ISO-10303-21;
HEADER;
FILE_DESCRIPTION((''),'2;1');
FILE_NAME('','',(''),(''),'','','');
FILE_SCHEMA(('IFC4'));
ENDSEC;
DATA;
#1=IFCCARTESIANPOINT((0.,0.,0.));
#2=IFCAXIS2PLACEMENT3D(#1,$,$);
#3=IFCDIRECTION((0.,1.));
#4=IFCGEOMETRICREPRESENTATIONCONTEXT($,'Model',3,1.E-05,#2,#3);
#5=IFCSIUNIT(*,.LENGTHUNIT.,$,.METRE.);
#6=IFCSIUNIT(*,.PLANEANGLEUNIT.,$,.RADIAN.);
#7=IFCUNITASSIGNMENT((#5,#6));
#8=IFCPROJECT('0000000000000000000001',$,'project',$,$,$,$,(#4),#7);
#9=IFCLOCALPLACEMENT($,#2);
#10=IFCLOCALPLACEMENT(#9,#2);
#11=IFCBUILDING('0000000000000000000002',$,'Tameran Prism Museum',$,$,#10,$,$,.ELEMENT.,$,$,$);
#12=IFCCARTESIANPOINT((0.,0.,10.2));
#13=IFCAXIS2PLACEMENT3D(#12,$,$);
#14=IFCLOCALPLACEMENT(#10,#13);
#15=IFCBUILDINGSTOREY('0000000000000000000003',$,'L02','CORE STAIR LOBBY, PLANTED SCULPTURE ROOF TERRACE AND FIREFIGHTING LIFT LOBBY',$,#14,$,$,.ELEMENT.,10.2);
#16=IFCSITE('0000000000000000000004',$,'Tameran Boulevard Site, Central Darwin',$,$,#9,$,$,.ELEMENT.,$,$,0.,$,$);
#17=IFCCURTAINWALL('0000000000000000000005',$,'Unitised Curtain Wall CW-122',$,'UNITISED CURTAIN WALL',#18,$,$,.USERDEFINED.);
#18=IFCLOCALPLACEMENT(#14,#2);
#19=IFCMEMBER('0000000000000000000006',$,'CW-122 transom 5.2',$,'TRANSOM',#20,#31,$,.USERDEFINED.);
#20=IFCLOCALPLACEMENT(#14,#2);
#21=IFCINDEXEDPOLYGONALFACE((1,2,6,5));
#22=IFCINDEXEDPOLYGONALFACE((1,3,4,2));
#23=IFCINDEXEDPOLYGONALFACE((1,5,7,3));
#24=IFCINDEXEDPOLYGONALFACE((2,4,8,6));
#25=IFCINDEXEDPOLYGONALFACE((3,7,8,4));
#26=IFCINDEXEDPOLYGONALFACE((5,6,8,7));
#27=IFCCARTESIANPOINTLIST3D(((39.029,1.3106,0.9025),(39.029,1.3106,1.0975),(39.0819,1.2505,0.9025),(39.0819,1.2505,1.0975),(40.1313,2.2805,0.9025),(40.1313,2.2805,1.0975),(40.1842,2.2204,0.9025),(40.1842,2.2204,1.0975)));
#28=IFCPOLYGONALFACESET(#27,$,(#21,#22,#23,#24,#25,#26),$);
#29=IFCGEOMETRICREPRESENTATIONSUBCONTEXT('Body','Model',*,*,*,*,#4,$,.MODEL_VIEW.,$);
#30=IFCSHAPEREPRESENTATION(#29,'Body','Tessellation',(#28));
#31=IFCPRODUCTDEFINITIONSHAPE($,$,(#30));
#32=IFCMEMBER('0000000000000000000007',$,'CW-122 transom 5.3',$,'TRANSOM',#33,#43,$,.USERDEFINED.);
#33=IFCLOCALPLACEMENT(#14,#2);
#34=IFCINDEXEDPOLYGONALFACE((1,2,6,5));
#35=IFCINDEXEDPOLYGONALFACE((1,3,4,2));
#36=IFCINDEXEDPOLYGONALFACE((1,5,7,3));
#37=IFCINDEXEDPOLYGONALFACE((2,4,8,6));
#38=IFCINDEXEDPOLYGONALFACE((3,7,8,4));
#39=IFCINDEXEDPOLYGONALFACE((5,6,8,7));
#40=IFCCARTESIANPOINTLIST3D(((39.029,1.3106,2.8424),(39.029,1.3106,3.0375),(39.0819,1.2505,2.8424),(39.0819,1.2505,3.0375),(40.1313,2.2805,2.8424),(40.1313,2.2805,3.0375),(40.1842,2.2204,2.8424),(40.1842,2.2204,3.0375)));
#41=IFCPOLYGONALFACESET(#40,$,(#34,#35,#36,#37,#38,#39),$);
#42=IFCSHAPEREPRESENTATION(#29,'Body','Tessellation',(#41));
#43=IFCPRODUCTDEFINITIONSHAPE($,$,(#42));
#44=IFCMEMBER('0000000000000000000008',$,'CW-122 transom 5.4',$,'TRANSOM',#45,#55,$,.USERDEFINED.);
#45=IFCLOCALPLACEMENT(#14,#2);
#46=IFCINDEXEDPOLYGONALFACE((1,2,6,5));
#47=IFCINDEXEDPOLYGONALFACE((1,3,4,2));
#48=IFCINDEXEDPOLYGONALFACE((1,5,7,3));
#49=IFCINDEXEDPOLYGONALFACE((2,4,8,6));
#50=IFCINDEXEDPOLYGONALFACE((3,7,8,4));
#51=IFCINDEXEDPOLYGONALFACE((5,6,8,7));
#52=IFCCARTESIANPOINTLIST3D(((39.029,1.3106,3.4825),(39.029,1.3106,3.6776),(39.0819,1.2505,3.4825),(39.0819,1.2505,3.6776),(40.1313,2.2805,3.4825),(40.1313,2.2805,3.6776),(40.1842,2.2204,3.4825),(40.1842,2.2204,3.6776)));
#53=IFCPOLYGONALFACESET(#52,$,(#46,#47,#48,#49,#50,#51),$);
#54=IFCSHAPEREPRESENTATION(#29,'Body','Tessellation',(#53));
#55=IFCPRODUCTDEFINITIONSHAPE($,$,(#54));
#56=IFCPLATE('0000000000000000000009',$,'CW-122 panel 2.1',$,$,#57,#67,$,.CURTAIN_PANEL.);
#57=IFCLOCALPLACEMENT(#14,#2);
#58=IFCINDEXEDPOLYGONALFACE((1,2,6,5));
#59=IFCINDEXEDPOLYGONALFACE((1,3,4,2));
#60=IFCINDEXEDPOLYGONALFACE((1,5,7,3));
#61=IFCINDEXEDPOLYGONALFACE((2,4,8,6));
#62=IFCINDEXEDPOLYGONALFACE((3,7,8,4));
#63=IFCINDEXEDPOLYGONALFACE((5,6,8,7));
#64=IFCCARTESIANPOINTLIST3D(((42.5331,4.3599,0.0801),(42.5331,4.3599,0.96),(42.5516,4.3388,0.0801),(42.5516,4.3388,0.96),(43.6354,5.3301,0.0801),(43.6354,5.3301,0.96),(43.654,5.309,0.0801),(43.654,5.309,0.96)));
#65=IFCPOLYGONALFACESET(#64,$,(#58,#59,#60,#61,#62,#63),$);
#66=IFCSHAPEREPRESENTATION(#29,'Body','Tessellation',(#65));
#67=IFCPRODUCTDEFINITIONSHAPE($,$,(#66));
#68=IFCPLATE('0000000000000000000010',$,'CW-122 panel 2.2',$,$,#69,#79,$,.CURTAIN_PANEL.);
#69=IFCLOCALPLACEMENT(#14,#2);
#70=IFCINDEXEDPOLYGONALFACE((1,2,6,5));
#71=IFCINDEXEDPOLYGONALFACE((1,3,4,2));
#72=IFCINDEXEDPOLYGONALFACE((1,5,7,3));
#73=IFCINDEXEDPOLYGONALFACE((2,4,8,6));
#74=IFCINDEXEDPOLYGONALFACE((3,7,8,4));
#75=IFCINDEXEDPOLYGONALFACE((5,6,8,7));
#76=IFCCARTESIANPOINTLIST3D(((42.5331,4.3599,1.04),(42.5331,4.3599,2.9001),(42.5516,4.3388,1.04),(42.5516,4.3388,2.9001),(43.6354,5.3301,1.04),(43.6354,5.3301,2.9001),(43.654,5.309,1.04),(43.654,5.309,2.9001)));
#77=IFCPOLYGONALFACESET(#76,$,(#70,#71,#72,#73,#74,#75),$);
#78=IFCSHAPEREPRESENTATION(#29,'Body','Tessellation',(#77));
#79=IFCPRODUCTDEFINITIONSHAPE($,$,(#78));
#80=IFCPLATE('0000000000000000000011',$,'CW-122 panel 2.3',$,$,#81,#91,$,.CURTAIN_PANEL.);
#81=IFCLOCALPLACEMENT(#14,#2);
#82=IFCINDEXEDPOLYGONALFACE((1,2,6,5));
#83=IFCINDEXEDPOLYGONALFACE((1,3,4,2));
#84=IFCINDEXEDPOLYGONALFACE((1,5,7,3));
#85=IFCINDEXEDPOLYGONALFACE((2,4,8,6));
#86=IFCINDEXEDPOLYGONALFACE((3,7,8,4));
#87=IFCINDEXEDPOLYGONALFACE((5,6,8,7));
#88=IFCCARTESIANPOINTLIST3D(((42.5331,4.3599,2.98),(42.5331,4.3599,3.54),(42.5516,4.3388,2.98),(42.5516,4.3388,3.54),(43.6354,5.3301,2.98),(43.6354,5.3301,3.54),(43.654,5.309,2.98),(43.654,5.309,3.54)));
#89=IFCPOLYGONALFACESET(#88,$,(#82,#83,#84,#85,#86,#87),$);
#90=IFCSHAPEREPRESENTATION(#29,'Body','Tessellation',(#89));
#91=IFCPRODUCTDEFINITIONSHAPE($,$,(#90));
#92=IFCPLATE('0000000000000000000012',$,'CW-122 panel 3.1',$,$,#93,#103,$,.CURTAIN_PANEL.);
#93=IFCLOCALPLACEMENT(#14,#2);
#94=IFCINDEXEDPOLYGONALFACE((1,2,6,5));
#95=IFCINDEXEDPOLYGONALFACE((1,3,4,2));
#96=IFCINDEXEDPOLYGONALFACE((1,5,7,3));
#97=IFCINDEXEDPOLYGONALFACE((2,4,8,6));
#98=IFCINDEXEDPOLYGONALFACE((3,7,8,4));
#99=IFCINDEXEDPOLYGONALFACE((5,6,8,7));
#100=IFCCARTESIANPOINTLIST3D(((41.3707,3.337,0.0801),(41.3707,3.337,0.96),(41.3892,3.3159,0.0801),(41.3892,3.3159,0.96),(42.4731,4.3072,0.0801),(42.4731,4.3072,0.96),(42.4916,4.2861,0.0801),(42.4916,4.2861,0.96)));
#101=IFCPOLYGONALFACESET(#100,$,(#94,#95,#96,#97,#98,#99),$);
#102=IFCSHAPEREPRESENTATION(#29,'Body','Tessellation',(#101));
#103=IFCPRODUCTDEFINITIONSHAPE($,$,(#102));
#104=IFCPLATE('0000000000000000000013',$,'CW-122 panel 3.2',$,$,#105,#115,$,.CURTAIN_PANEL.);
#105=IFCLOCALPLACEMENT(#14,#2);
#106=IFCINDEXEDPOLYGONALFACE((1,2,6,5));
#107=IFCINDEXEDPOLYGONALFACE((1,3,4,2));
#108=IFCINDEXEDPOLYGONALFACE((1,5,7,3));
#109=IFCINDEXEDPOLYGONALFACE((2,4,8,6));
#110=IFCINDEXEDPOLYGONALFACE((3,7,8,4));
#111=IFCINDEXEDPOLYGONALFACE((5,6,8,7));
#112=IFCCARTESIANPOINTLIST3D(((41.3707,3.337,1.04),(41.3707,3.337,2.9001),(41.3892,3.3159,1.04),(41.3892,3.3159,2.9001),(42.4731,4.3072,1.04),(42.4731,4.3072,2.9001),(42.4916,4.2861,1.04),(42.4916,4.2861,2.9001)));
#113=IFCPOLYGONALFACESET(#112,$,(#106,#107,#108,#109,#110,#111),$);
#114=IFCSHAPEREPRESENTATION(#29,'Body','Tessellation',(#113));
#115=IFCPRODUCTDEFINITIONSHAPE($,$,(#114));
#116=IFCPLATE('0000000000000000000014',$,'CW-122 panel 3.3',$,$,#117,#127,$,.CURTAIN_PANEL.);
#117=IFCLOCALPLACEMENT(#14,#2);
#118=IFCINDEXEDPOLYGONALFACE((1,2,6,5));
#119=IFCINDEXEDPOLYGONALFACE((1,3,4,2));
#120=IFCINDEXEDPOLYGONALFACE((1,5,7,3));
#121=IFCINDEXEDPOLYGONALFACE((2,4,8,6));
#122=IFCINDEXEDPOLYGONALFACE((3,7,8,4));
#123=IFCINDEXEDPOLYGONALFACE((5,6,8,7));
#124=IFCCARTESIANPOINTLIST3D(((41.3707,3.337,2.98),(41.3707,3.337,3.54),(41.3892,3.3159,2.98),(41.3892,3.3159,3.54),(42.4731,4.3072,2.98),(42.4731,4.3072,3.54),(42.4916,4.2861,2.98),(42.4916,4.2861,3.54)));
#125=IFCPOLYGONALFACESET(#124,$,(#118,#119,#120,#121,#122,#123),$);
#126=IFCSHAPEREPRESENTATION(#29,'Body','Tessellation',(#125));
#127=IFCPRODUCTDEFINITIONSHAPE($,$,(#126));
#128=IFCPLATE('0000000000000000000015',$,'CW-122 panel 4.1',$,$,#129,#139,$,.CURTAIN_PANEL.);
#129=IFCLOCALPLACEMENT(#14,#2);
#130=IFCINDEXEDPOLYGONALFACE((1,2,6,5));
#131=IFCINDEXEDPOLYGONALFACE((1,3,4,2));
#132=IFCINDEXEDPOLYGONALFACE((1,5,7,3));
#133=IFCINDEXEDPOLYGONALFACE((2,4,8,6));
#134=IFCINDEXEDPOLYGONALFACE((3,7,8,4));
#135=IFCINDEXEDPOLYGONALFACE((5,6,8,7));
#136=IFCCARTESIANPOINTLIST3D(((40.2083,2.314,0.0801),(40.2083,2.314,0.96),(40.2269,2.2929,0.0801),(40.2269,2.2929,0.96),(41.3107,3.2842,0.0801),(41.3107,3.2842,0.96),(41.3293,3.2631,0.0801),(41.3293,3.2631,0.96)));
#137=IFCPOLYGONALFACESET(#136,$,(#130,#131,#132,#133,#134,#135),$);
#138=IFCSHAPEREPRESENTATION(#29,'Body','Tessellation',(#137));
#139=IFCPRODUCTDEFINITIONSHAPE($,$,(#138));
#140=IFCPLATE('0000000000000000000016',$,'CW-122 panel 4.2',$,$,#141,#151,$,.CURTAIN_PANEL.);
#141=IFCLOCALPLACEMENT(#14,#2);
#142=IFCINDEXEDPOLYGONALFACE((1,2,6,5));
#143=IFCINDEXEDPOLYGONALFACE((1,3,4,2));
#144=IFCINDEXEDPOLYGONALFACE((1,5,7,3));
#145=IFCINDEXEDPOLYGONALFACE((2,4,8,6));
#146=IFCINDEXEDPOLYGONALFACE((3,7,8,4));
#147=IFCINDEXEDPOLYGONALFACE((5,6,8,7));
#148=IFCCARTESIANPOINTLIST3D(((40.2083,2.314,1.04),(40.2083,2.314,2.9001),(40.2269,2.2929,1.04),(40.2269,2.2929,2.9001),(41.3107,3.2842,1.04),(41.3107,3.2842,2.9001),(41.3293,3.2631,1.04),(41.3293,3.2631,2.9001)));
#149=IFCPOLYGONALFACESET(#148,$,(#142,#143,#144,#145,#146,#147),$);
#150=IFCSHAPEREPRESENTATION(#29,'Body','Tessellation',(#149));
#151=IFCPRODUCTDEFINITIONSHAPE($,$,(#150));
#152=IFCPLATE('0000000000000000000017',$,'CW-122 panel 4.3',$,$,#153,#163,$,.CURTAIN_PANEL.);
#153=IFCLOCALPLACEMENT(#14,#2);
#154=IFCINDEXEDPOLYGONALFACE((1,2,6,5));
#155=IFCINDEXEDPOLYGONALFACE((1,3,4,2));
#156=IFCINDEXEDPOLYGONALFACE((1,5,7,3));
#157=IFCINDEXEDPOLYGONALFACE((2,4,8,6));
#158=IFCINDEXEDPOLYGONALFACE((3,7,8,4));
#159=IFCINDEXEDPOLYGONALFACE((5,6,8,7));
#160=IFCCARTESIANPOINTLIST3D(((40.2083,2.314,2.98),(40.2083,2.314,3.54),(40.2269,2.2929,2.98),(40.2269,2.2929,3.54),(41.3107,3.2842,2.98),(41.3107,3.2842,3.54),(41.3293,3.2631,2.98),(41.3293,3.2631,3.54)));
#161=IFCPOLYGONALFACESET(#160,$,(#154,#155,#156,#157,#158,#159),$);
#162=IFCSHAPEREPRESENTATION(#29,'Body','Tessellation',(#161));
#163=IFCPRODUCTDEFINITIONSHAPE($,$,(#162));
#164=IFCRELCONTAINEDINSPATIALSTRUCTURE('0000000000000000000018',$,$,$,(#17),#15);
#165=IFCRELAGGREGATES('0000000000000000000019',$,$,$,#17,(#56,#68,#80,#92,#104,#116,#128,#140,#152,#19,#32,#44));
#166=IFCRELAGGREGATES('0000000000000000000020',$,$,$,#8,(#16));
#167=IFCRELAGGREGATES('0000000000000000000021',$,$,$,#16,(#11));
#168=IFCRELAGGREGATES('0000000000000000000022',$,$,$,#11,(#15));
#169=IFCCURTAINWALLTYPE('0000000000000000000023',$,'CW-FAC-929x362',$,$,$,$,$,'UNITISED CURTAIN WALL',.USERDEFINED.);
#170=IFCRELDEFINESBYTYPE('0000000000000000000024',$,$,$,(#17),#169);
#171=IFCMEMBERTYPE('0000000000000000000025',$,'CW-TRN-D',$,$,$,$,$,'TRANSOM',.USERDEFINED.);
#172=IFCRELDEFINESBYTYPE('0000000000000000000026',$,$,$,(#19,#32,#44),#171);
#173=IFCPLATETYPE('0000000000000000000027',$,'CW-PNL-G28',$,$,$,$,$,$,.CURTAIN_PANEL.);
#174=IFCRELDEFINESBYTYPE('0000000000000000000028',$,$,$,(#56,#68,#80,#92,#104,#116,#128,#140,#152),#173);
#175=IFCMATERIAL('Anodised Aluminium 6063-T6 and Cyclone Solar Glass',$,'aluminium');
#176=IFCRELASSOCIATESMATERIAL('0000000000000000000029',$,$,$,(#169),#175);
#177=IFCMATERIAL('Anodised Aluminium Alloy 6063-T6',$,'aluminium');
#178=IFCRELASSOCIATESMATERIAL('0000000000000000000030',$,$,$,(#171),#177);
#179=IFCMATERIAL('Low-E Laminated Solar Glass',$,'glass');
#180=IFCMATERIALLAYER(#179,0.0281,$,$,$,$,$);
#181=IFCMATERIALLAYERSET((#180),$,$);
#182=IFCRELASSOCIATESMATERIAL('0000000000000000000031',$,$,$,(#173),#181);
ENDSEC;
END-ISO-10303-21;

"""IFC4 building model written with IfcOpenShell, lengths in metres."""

from ifc_helpers import new_model, si_unit, direction, frame, origin, origin_2d, place, context, subcontext, project, spatial, rectangle, extrude, material, layer, layer_set, material_profile, profile_set, type_object, element, aggregate, save


model = new_model("IFC4")

# Units and contexts
model_context = context("Model", 3, precision=1e-05, world=origin(), true_north=direction((0.0, 1.0)))
body_context = subcontext(model_context, "Body", "Model", "MODEL_VIEW")
ifc_project = project(units=[si_unit("LENGTHUNIT", "METRE"), si_unit("PLANEANGLEUNIT", "RADIAN")], contexts=[model_context])

# Site, building, storey
site_placement = place(None, origin())
site = spatial("IfcSite", under=ifc_project, at=site_placement, Name="Tameran Boulevard Site, Central Darwin", CompositionType="ELEMENT", RefElevation=0.0)
building_placement = place(site_placement, origin())
building = spatial("IfcBuilding", under=site, at=building_placement, Name="Tameran Prism Museum", CompositionType="ELEMENT")
storey_placement = place(building_placement, frame((0.0, 0.0, 10.2)))
storey = spatial("IfcBuildingStorey", under=building, at=storey_placement, Name="L02", Description="CORE STAIR LOBBY, PLANTED SCULPTURE ROOF TERRACE AND FIREFIGHTING LIFT LOBBY", CompositionType="ELEMENT", Elevation=10.2)

# Curtain wall, members, plates
ifc_material_1 = material(Name="Anodised Aluminium 6063-T6 and Cyclone Solar Glass", Category="aluminium")
curtain_wall_type = type_object("IfcCurtainWallType", Name="CW-FAC-929x362", ElementType="UNITISED CURTAIN WALL", PredefinedType="USERDEFINED", material=ifc_material_1)
curtain_wall_placement = place(storey_placement, origin())
curtain_wall = element("IfcCurtainWall", 1, at=curtain_wall_placement, inside=storey, type_object=curtain_wall_type, Name="Unitised Curtain Wall CW-122", ObjectType="UNITISED CURTAIN WALL", PredefinedType="USERDEFINED")
ifc_material_2 = material(Name="Anodised Aluminium Alloy 6063-T6", Category="aluminium")
ifc_material_profile_1 = material_profile(ifc_material_2, rectangle(XDim=0.0801, YDim=0.1951, at=origin_2d()))
ifc_profile_set_1 = profile_set([ifc_material_profile_1])
member_type_1 = type_object("IfcMemberType", Name="CW-TRN-D", ElementType="TRANSOM", PredefinedType="USERDEFINED", material=ifc_profile_set_1)
member_1_placement = place(storey_placement, frame((40.1577, 2.2505, 1.0), z_axis=(-0.75073, -0.660609, 0.0), x_axis=(0.660609, -0.75073, 0.0)))
member_1 = element("IfcMember", 2, at=member_1_placement, type_object=member_type_1, Name="CW-122 transom 5.2", ObjectType="TRANSOM", PredefinedType="USERDEFINED", context=body_context, shape_type="SweptSolid", body=[
    extrude(rectangle(XDim=0.0801, YDim=0.1951, at=origin_2d()), origin(), (0.0, 0.0, 1.0), 1.4683),
])
member_2_placement = place(storey_placement, frame((40.1577, 2.2505, 2.9399), z_axis=(-0.75073, -0.660609, 0.0), x_axis=(0.660609, -0.75073, 0.0)))
member_2 = element("IfcMember", 3, at=member_2_placement, type_object=member_type_1, Name="CW-122 transom 5.3", ObjectType="TRANSOM", PredefinedType="USERDEFINED", context=body_context, shape_type="SweptSolid", body=[
    extrude(rectangle(XDim=0.0801, YDim=0.1951, at=origin_2d()), origin(), (0.0, 0.0, 1.0), 1.4683),
])
member_3_placement = place(storey_placement, frame((40.1577, 2.2505, 3.5801), z_axis=(-0.75073, -0.660609, 0.0), x_axis=(0.660609, -0.75073, 0.0)))
member_3 = element("IfcMember", 4, at=member_3_placement, type_object=member_type_1, Name="CW-122 transom 5.4", ObjectType="TRANSOM", PredefinedType="USERDEFINED", context=body_context, shape_type="SweptSolid", body=[
    extrude(rectangle(XDim=0.0801, YDim=0.1951, at=origin_2d()), origin(), (0.0, 0.0, 1.0), 1.4683),
])
ifc_material_3 = material(Name="Low-E Laminated Solar Glass", Category="glass")
ifc_layer = layer(ifc_material_3, 0.0281)
ifc_layer_set = layer_set([ifc_layer])
plate_type = type_object("IfcPlateType", Name="CW-PNL-G28", PredefinedType="CURTAIN_PANEL", material=ifc_layer_set)
plate_1_placement = place(storey_placement, frame((43.0935, 4.8345, 0.0801), z_axis=(0.0, 0.0, 1.0), x_axis=(-0.750667, -0.660681, 0.0)))
plate_1 = element("IfcPlate", 5, at=plate_1_placement, type_object=plate_type, Name="CW-122 panel 2.1", PredefinedType="CURTAIN_PANEL", context=body_context, shape_type="SweptSolid", body=[
    extrude(rectangle(XDim=1.4685, YDim=0.0281, at=origin_2d()), origin(), (0.0, 0.0, 1.0), 0.8799),
])
plate_2_placement = place(storey_placement, frame((43.0935, 4.8345, 1.04), z_axis=(0.0, 0.0, 1.0), x_axis=(-0.750667, -0.660681, 0.0)))
plate_2 = element("IfcPlate", 6, at=plate_2_placement, type_object=plate_type, Name="CW-122 panel 2.2", PredefinedType="CURTAIN_PANEL", context=body_context, shape_type="SweptSolid", body=[
    extrude(rectangle(XDim=1.4685, YDim=0.0281, at=origin_2d()), origin(), (0.0, 0.0, 1.0), 1.8601),
])
plate_3_placement = place(storey_placement, frame((43.0935, 4.8345, 2.98), z_axis=(0.0, 0.0, 1.0), x_axis=(-0.750667, -0.660681, 0.0)))
plate_3 = element("IfcPlate", 7, at=plate_3_placement, type_object=plate_type, Name="CW-122 panel 2.3", PredefinedType="CURTAIN_PANEL", context=body_context, shape_type="SweptSolid", body=[
    extrude(rectangle(XDim=1.4685, YDim=0.0281, at=origin_2d()), origin(), (0.0, 0.0, 1.0), 0.5601),
])
plate_4_placement = place(storey_placement, frame((41.9312, 3.8115, 0.0801), z_axis=(0.0, 0.0, 1.0), x_axis=(-0.750667, -0.660681, 0.0)))
plate_4 = element("IfcPlate", 8, at=plate_4_placement, type_object=plate_type, Name="CW-122 panel 3.1", PredefinedType="CURTAIN_PANEL", context=body_context, shape_type="SweptSolid", body=[
    extrude(rectangle(XDim=1.4685, YDim=0.0281, at=origin_2d()), origin(), (0.0, 0.0, 1.0), 0.8799),
])
plate_5_placement = place(storey_placement, frame((41.9312, 3.8115, 1.04), z_axis=(0.0, 0.0, 1.0), x_axis=(-0.750667, -0.660681, 0.0)))
plate_5 = element("IfcPlate", 9, at=plate_5_placement, type_object=plate_type, Name="CW-122 panel 3.2", PredefinedType="CURTAIN_PANEL", context=body_context, shape_type="SweptSolid", body=[
    extrude(rectangle(XDim=1.4685, YDim=0.0281, at=origin_2d()), origin(), (0.0, 0.0, 1.0), 1.8601),
])
plate_6_placement = place(storey_placement, frame((41.9312, 3.8115, 2.98), z_axis=(0.0, 0.0, 1.0), x_axis=(-0.750667, -0.660681, 0.0)))
plate_6 = element("IfcPlate", 10, at=plate_6_placement, type_object=plate_type, Name="CW-122 panel 3.3", PredefinedType="CURTAIN_PANEL", context=body_context, shape_type="SweptSolid", body=[
    extrude(rectangle(XDim=1.4685, YDim=0.0281, at=origin_2d()), origin(), (0.0, 0.0, 1.0), 0.5601),
])
plate_7_placement = place(storey_placement, frame((40.7688, 2.7886, 0.0801), z_axis=(0.0, 0.0, 1.0), x_axis=(-0.750667, -0.660681, 0.0)))
plate_7 = element("IfcPlate", 11, at=plate_7_placement, type_object=plate_type, Name="CW-122 panel 4.1", PredefinedType="CURTAIN_PANEL", context=body_context, shape_type="SweptSolid", body=[
    extrude(rectangle(XDim=1.4685, YDim=0.0281, at=origin_2d()), origin(), (0.0, 0.0, 1.0), 0.8799),
])
plate_8_placement = place(storey_placement, frame((40.7688, 2.7886, 1.04), z_axis=(0.0, 0.0, 1.0), x_axis=(-0.750667, -0.660681, 0.0)))
plate_8 = element("IfcPlate", 12, at=plate_8_placement, type_object=plate_type, Name="CW-122 panel 4.2", PredefinedType="CURTAIN_PANEL", context=body_context, shape_type="SweptSolid", body=[
    extrude(rectangle(XDim=1.4685, YDim=0.0281, at=origin_2d()), origin(), (0.0, 0.0, 1.0), 1.8601),
])
plate_9_placement = place(storey_placement, frame((40.7688, 2.7886, 2.98), z_axis=(0.0, 0.0, 1.0), x_axis=(-0.750667, -0.660681, 0.0)))
plate_9 = element("IfcPlate", 13, at=plate_9_placement, type_object=plate_type, Name="CW-122 panel 4.3", PredefinedType="CURTAIN_PANEL", context=body_context, shape_type="SweptSolid", body=[
    extrude(rectangle(XDim=1.4685, YDim=0.0281, at=origin_2d()), origin(), (0.0, 0.0, 1.0), 0.5601),
])
aggregate(curtain_wall, [plate_1, plate_2, plate_3, plate_4, plate_5, plate_6, plate_7, plate_8, plate_9, member_1, member_2, member_3])

save(model, "model.ifc")
